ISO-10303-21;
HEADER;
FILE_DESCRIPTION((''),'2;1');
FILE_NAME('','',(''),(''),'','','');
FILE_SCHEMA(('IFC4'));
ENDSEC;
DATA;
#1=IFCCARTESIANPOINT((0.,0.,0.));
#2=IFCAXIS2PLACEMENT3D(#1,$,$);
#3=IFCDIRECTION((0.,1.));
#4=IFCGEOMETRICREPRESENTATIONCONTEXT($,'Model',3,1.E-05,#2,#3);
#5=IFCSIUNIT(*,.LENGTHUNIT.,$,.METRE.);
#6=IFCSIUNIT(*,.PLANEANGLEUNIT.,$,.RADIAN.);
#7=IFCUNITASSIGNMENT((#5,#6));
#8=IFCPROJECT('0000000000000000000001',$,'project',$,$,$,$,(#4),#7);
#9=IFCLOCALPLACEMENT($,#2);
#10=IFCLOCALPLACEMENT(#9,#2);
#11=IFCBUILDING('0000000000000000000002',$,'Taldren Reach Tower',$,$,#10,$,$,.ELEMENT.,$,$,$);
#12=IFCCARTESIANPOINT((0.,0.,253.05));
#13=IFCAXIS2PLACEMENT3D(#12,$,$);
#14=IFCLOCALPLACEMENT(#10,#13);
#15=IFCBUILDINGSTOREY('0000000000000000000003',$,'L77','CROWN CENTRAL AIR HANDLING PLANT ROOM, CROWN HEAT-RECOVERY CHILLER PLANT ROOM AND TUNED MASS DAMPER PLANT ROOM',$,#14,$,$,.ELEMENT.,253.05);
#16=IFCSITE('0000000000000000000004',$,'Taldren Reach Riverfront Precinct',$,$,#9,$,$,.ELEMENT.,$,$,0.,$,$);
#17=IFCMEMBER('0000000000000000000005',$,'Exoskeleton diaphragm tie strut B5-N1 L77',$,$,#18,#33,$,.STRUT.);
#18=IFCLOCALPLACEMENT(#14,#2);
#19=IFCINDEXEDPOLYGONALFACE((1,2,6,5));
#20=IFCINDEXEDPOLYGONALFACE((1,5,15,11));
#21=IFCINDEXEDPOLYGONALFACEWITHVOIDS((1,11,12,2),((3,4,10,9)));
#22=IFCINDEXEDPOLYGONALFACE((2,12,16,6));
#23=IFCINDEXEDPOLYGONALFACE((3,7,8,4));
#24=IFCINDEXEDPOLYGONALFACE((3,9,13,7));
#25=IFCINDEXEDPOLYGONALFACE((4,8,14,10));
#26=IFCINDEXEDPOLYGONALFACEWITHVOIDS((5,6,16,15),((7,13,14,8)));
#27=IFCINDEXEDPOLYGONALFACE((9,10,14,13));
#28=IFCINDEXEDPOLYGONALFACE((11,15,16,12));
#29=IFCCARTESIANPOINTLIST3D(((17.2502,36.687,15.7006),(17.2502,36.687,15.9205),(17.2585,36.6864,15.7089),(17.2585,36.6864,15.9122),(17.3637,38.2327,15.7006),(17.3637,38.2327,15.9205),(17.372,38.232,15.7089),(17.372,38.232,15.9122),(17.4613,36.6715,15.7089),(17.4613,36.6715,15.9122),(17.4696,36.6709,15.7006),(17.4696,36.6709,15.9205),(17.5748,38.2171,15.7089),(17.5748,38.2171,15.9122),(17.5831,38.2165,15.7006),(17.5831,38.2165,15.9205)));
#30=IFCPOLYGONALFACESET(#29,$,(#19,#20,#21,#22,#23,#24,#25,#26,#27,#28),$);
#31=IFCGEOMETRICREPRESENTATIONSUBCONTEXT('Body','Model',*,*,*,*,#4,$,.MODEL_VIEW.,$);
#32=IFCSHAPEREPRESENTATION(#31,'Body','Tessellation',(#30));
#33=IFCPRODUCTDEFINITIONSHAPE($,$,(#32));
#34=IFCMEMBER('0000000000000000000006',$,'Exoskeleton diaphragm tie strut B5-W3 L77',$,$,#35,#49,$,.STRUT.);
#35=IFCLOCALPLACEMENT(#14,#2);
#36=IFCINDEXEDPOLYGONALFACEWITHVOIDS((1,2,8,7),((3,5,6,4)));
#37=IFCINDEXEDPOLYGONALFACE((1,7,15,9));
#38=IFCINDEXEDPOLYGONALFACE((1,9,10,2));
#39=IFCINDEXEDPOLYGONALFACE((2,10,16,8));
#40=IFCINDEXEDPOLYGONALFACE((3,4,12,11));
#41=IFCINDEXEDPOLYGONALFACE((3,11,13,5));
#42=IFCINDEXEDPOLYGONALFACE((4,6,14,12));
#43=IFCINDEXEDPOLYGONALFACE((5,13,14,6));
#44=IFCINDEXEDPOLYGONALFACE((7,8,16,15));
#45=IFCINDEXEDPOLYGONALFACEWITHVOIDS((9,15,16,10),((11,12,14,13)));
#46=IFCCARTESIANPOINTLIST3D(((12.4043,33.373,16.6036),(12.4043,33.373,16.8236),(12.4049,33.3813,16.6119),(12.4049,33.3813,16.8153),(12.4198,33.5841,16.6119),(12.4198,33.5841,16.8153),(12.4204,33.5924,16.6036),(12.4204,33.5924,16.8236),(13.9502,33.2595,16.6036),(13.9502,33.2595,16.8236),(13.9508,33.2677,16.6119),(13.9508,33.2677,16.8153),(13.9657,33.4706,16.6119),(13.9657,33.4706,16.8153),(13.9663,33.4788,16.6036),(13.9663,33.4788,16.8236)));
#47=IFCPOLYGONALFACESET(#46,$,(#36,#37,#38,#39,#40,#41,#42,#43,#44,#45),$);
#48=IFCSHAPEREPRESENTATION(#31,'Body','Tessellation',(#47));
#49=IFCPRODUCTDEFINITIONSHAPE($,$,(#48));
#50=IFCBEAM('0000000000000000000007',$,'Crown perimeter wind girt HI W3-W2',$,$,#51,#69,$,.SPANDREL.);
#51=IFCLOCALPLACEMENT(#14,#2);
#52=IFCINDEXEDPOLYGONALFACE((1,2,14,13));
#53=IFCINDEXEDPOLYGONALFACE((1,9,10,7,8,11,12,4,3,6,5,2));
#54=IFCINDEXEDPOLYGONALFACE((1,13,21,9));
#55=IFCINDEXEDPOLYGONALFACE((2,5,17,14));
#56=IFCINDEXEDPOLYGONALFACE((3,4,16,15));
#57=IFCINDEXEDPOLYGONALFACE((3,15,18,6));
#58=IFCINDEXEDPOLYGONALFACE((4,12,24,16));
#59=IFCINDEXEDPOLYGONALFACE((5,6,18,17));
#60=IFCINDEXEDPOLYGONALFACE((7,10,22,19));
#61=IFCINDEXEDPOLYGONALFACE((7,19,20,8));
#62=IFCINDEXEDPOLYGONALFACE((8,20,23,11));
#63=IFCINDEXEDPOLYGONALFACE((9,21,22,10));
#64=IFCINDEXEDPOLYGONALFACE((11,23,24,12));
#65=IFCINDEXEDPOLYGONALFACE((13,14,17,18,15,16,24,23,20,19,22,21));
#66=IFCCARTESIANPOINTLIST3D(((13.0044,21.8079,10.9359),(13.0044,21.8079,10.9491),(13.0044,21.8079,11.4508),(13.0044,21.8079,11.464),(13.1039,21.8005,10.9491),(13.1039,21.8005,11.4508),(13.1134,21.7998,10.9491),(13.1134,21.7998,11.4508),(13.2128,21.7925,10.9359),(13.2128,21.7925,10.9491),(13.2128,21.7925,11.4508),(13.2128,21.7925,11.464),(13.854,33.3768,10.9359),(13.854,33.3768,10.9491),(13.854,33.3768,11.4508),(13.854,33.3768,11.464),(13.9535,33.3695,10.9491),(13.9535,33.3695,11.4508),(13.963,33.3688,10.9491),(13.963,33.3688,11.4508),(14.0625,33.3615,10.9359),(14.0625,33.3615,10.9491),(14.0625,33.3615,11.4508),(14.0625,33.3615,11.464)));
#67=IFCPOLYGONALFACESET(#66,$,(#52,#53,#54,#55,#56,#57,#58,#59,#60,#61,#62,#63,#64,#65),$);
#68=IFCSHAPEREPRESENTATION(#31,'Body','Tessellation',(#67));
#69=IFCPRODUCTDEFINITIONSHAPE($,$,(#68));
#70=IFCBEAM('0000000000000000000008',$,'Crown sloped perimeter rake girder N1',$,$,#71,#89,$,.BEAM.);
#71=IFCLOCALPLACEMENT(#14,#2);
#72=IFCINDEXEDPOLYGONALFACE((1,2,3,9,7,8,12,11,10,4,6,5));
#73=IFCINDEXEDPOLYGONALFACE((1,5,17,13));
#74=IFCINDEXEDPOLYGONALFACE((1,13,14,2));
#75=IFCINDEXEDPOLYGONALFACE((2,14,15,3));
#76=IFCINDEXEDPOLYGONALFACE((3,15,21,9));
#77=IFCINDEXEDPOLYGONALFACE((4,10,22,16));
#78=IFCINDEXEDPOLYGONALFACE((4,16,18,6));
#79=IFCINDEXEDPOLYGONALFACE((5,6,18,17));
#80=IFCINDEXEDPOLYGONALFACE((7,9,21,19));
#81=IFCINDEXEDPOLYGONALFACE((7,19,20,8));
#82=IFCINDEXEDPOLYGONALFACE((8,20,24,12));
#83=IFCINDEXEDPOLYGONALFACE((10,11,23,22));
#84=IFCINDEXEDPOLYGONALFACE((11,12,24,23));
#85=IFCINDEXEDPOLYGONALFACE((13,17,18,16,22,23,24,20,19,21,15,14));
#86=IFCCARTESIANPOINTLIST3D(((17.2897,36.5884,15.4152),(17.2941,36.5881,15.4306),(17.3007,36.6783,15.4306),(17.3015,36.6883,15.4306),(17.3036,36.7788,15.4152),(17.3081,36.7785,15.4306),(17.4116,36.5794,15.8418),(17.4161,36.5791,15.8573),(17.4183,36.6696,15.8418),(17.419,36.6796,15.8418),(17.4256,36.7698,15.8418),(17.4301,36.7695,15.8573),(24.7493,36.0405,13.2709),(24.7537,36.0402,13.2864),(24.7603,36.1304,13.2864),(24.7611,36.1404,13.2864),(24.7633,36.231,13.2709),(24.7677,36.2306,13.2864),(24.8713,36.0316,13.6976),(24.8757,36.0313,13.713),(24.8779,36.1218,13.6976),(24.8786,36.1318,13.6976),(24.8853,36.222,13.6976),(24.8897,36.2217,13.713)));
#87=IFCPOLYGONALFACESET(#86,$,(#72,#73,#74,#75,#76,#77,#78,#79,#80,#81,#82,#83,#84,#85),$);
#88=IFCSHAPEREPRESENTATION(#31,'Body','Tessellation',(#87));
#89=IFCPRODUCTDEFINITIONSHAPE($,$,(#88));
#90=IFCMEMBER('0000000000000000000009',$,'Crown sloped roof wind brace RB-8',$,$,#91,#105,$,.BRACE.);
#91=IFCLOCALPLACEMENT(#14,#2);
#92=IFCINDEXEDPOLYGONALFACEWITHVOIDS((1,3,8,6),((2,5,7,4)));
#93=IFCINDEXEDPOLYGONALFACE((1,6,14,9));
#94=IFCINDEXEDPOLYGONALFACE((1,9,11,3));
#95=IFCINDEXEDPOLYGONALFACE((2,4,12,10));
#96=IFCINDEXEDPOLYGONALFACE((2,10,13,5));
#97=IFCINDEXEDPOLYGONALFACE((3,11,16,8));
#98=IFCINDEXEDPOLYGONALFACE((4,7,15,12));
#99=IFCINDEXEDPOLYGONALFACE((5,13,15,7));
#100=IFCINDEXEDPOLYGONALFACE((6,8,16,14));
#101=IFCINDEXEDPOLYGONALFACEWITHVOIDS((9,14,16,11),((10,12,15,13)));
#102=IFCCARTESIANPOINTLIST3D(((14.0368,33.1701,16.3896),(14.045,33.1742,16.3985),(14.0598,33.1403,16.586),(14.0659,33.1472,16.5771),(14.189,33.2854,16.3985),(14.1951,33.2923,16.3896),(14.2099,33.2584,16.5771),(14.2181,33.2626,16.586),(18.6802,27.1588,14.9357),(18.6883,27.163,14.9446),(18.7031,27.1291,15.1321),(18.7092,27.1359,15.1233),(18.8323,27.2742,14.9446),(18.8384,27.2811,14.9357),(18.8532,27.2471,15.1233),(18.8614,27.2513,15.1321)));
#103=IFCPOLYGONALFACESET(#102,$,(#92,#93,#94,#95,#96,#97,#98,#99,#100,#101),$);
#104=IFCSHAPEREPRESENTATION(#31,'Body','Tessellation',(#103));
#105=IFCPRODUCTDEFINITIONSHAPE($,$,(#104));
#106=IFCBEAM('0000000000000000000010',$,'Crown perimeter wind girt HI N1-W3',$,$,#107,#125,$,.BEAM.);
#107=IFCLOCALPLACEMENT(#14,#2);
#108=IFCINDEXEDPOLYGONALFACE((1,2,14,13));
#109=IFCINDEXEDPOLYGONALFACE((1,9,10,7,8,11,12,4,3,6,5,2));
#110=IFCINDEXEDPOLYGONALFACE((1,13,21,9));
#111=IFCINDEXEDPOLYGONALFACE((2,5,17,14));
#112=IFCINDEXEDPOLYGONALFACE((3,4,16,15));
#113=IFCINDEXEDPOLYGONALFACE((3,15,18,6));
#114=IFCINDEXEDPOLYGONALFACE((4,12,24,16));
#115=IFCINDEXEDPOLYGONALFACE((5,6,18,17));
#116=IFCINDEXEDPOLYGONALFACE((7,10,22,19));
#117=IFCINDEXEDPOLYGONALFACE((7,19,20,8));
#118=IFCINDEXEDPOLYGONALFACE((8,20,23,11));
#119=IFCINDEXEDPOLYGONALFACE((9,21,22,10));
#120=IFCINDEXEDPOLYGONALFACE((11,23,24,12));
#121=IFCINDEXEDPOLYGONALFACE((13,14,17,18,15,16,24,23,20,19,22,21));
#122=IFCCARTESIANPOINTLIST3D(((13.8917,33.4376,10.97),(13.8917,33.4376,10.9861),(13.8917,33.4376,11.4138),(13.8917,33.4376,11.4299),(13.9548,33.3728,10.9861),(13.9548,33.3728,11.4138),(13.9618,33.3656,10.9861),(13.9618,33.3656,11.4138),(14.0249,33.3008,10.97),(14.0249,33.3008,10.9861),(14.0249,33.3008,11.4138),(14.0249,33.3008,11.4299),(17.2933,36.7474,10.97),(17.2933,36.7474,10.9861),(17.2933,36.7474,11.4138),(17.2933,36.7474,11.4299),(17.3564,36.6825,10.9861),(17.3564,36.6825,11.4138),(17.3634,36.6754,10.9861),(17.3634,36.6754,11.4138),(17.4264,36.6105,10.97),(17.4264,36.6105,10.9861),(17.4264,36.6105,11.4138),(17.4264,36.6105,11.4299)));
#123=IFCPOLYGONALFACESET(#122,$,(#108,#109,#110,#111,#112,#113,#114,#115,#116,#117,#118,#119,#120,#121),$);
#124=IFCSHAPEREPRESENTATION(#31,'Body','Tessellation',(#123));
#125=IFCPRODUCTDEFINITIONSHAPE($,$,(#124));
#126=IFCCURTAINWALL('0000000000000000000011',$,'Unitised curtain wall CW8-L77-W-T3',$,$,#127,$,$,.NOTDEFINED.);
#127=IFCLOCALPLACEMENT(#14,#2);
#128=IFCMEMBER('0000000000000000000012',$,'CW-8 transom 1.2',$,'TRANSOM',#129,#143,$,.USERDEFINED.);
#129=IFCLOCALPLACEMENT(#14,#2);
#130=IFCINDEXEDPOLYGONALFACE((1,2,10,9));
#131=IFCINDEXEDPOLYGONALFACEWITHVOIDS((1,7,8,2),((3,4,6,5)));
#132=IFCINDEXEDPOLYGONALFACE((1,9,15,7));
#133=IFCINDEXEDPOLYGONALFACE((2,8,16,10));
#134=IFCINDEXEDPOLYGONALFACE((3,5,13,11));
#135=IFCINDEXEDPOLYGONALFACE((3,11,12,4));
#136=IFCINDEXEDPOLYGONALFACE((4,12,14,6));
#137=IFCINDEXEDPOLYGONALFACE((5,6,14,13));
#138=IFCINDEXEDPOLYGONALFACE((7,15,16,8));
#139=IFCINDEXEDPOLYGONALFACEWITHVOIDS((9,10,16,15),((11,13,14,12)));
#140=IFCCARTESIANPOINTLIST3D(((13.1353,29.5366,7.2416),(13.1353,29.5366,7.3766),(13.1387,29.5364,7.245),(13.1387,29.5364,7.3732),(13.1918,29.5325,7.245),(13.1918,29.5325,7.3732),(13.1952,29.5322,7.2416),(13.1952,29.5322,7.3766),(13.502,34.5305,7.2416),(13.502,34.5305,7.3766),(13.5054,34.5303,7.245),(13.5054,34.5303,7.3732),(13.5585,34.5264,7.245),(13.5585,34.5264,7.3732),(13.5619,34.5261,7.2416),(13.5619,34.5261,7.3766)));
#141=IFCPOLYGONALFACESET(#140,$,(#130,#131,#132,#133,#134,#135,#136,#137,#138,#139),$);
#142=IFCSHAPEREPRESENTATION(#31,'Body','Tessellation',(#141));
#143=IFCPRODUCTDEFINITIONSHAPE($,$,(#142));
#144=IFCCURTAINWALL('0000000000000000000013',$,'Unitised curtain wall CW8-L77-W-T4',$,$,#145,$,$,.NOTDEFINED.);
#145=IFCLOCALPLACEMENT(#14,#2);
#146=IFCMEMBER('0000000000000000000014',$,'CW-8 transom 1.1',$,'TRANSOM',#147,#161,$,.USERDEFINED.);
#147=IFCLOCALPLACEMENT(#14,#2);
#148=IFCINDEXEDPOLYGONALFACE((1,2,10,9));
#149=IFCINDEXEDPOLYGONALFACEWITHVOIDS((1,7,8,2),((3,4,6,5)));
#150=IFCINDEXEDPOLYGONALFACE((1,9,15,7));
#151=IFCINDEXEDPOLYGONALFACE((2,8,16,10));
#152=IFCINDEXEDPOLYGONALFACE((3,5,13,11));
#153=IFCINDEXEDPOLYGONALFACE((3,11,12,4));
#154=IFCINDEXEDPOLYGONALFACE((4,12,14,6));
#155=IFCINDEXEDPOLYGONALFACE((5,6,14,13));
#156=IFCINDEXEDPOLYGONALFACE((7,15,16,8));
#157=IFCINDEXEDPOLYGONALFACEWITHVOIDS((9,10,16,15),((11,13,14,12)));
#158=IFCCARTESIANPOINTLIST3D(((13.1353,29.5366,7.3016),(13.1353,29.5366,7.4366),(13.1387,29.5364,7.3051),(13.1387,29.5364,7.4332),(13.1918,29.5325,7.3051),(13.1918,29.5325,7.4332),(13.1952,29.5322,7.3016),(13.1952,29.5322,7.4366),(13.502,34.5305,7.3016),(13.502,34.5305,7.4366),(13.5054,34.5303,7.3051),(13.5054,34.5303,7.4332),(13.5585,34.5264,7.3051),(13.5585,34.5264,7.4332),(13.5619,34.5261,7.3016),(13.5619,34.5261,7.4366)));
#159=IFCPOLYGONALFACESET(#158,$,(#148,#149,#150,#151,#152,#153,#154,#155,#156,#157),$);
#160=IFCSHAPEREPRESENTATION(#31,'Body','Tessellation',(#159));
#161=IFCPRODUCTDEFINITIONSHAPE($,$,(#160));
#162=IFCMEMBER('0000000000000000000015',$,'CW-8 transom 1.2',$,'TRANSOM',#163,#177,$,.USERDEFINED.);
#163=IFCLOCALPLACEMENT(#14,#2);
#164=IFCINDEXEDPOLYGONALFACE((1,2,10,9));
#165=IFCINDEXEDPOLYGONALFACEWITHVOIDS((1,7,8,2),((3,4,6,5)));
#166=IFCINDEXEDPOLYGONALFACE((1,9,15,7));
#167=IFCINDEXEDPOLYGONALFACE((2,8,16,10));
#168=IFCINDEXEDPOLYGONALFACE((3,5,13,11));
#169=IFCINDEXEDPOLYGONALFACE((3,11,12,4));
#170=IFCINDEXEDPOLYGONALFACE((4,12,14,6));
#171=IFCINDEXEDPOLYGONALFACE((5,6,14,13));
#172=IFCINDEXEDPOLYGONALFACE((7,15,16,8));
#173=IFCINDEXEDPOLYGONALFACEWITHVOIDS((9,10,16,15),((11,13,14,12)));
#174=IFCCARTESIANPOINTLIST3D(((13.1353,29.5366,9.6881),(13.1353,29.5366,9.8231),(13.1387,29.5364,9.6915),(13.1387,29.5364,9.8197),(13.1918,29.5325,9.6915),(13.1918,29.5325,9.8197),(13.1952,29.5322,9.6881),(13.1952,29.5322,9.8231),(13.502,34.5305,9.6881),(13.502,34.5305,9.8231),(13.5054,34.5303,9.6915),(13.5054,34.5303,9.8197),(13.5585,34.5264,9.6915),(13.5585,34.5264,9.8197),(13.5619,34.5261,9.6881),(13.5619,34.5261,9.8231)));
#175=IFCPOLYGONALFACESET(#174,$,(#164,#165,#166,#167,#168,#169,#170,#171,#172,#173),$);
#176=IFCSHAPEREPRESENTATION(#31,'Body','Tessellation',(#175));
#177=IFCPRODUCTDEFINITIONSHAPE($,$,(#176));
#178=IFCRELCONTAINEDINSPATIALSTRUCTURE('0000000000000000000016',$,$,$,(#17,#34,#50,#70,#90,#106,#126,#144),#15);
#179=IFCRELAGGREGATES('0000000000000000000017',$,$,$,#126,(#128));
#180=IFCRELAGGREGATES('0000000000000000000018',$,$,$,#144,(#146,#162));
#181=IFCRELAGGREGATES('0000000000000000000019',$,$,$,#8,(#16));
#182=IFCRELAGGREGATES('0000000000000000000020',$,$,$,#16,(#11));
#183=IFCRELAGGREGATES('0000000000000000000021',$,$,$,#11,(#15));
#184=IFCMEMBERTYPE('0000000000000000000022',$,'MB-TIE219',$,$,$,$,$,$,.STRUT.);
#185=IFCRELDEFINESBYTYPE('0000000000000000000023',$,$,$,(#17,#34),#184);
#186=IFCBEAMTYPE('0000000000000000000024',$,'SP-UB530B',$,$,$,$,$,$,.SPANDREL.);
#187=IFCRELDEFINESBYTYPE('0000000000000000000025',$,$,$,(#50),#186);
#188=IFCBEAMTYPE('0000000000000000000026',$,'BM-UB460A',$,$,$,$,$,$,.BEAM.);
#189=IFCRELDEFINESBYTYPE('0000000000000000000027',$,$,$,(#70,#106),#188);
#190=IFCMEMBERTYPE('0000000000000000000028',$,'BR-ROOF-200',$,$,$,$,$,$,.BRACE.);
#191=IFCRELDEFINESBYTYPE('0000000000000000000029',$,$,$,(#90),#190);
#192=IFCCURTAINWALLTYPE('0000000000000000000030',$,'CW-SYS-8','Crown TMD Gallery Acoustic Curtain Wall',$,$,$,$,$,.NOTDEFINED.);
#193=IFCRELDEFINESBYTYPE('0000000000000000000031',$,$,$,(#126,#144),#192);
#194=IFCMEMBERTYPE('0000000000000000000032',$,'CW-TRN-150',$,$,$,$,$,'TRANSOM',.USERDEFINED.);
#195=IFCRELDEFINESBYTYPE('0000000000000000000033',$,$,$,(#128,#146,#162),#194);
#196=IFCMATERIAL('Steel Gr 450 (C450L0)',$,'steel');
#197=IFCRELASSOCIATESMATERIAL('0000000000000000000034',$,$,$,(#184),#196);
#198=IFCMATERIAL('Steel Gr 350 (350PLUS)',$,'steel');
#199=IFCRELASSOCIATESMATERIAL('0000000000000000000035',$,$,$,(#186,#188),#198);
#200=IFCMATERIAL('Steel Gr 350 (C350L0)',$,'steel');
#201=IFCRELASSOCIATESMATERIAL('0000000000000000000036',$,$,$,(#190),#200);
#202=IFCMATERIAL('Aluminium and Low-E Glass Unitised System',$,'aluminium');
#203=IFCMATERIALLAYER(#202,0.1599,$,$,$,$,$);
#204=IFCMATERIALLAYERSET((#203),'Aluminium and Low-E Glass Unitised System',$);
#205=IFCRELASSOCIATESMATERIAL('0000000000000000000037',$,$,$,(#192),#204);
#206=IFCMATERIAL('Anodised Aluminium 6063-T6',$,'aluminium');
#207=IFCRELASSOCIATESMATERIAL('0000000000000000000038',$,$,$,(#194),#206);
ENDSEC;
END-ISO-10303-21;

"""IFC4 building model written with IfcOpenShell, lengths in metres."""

from ifc_helpers import new_model, si_unit, direction, frame, origin, origin_2d, place, context, subcontext, project, spatial, hollow_rectangle, i_section, extrude, source, transform, mapped, material, layer, layer_set, material_profile, profile_set, type_object, element, aggregate, save


model = new_model("IFC4")

# Units and contexts
model_context = context("Model", 3, precision=1e-05, world=origin(), true_north=direction((0.0, 1.0)))
body_context = subcontext(model_context, "Body", "Model", "MODEL_VIEW")
ifc_project = project(units=[si_unit("LENGTHUNIT", "METRE"), si_unit("PLANEANGLEUNIT", "RADIAN")], contexts=[model_context])

# Site, building, storey
site_placement = place(None, origin())
site = spatial("IfcSite", under=ifc_project, at=site_placement, Name="Taldren Reach Riverfront Precinct", CompositionType="ELEMENT", RefElevation=0.0)
building_placement = place(site_placement, origin())
building = spatial("IfcBuilding", under=site, at=building_placement, Name="Taldren Reach Tower", CompositionType="ELEMENT")
storey_placement = place(building_placement, frame((0.0, 0.0, 253.05)))
storey = spatial("IfcBuildingStorey", under=building, at=storey_placement, Name="L77", Description="CROWN CENTRAL AIR HANDLING PLANT ROOM, CROWN HEAT-RECOVERY CHILLER PLANT ROOM AND TUNED MASS DAMPER PLANT ROOM", CompositionType="ELEMENT", Elevation=253.05)

# Members
ifc_material_1 = material(Name="Steel Gr 450 (C450L0)", Category="steel")
ifc_material_profile_1 = material_profile(ifc_material_1, hollow_rectangle(XDim=0.22, YDim=0.22, WallThickness=0.0083, at=origin_2d()), Name="220x220x8.2SHS")
ifc_profile_set_1 = profile_set([ifc_material_profile_1], Name="Steel Gr 450 (C450L0)")
member_type_1 = type_object("IfcMemberType", Name="MB-TIE219", PredefinedType="STRUT", material=ifc_profile_set_1)
shared_shape_1 = source(origin(), body_context, "Body", "SweptSolid", [
    extrude(hollow_rectangle(XDim=0.22, YDim=0.22, WallThickness=0.0083, at=origin_2d()), origin(), (0.0, 0.0, 1.0), 1.5498),
])
member_1_placement = place(storey_placement, frame((17.3599, 36.679, 15.8105), z_axis=(0.073251, 0.997314, 0.0), x_axis=(-0.997314, 0.073251, 0.0)))
element("IfcMember", 1, at=member_1_placement, inside=storey, type_object=member_type_1, Name="Exoskeleton diaphragm tie strut B5-N1 L77", PredefinedType="STRUT", context=body_context, shape_type="MappedRepresentation", body=[
    mapped(shared_shape_1, transform((0.0, 0.0, 0.0), scale=1.0)),
])
shared_shape_2 = source(origin(), body_context, "Body", "SweptSolid", [
    extrude(hollow_rectangle(XDim=0.22, YDim=0.22, WallThickness=0.0083, at=origin_2d()), origin(), (0.0, 0.0, 1.0), 1.55),
])
member_2_placement = place(storey_placement, frame((13.9583, 33.3691, 16.7136), z_axis=(-0.997314, 0.073239, 0.0), x_axis=(-0.073239, -0.997314, 0.0)))
element("IfcMember", 2, at=member_2_placement, inside=storey, type_object=member_type_1, Name="Exoskeleton diaphragm tie strut B5-W3 L77", PredefinedType="STRUT", context=body_context, shape_type="MappedRepresentation", body=[
    mapped(shared_shape_2, transform((0.0, 0.0, 0.0), scale=1.0)),
])

# Beams
ifc_material_2 = material(Name="Steel Gr 350 (350PLUS)", Category="steel")
ifc_material_profile_2 = material_profile(ifc_material_2, i_section(OverallWidth=0.209, OverallDepth=0.5281, WebThickness=0.0095, FlangeThickness=0.0132, at=origin_2d()), Name="530UB82.0")
ifc_profile_set_2 = profile_set([ifc_material_profile_2], Name="Steel Gr 350 (350PLUS)")
beam_type_1 = type_object("IfcBeamType", Name="SP-UB530B", PredefinedType="SPANDREL", material=ifc_profile_set_2)
shared_shape_3 = source(origin(), body_context, "Body", "SweptSolid", [
    extrude(i_section(OverallWidth=0.209, OverallDepth=0.5281, WebThickness=0.0095, FlangeThickness=0.0132, at=origin_2d()), origin(), (0.0, 0.0, 1.0), 11.6001),
])
beam_1_placement = place(storey_placement, frame((13.9583, 33.3691, 11.2), z_axis=(-0.073242, -0.997314, 0.0), x_axis=(0.997314, -0.073242, 0.0)))
element("IfcBeam", 3, at=beam_1_placement, inside=storey, type_object=beam_type_1, Name="Crown perimeter wind girt HI W3-W2", PredefinedType="SPANDREL", context=body_context, shape_type="MappedRepresentation", body=[
    mapped(shared_shape_3, transform((0.0, 0.0, 0.0), scale=1.0)),
])
ifc_material_profile_3 = material_profile(ifc_material_2, i_section(OverallWidth=0.1909, OverallDepth=0.46, WebThickness=0.01, FlangeThickness=0.0161, at=origin_2d()), Name="460UB82.1")
ifc_profile_set_3 = profile_set([ifc_material_profile_3], Name="Steel Gr 350 (350PLUS)")
beam_type_2 = type_object("IfcBeamType", Name="BM-UB460A", PredefinedType="BEAM", material=ifc_profile_set_3)
shared_shape_4 = source(origin(), body_context, "Body", "SweptSolid", [
    extrude(i_section(OverallWidth=0.1909, OverallDepth=0.46, WebThickness=0.01, FlangeThickness=0.0161, at=origin_2d()), origin(), (0.0, 0.0, 1.0), 7.781),
])
beam_2_placement = place(storey_placement, frame((17.3599, 36.679, 15.6362), z_axis=(0.958697, -0.070408, -0.275576), x_axis=(0.073244, 0.997314, 0.0)))
element("IfcBeam", 4, at=beam_2_placement, inside=storey, type_object=beam_type_2, Name="Crown sloped perimeter rake girder N1", PredefinedType="BEAM", context=body_context, shape_type="MappedRepresentation", body=[
    mapped(shared_shape_4, transform((0.0, 0.0, 0.0), scale=1.0)),
])

# Member
ifc_material_3 = material(Name="Steel Gr 350 (C350L0)", Category="steel")
ifc_material_profile_4 = material_profile(ifc_material_3, hollow_rectangle(XDim=0.2, YDim=0.2, WallThickness=0.009, at=origin_2d()), Name="200x200x9.0SHS")
ifc_profile_set_4 = profile_set([ifc_material_profile_4], Name="Steel Gr 350 (C350L0)")
member_type_2 = type_object("IfcMemberType", Name="BR-ROOF-200", PredefinedType="BRACE", material=ifc_profile_set_4)
shared_shape_5 = source(origin(), body_context, "Body", "SweptSolid", [
    extrude(hollow_rectangle(XDim=0.2, YDim=0.2, WallThickness=0.009, at=origin_2d()), origin(), (0.0, 0.0, 1.0), 7.7336),
])
member_3_placement = place(storey_placement, frame((14.1274, 33.2163, 16.4878), z_axis=(0.600406, -0.777285, -0.187992), x_axis=(0.791395, 0.611305, 0.0)))
element("IfcMember", 5, at=member_3_placement, inside=storey, type_object=member_type_2, Name="Crown sloped roof wind brace RB-8", PredefinedType="BRACE", context=body_context, shape_type="MappedRepresentation", body=[
    mapped(shared_shape_5, transform((0.0, 0.0, 0.0), scale=1.0)),
])

# Beam
shared_shape_6 = source(origin(), body_context, "Body", "SweptSolid", [
    extrude(i_section(OverallWidth=0.1909, OverallDepth=0.46, WebThickness=0.01, FlangeThickness=0.0161, at=origin_2d()), origin(), (0.0, 0.0, 1.0), 4.7461),
])
beam_3_placement = place(storey_placement, frame((17.3599, 36.679, 11.2), z_axis=(-0.716711, -0.69737, 0.0), x_axis=(0.69737, -0.716711, 0.0)))
element("IfcBeam", 6, at=beam_3_placement, inside=storey, type_object=beam_type_2, Name="Crown perimeter wind girt HI N1-W3", PredefinedType="BEAM", context=body_context, shape_type="MappedRepresentation", body=[
    mapped(shared_shape_6, transform((0.0, 0.0, 0.0), scale=1.0)),
])

# Curtain wall, member
ifc_material_4 = material(Name="Aluminium and Low-E Glass Unitised System", Category="aluminium")
ifc_layer_1 = layer(ifc_material_4, 0.1599)
ifc_layer_set_1 = layer_set([ifc_layer_1], Name="Aluminium and Low-E Glass Unitised System")
curtain_wall_type = type_object("IfcCurtainWallType", Name="CW-SYS-8", Description="Crown TMD Gallery Acoustic Curtain Wall", PredefinedType="NOTDEFINED", material=ifc_layer_set_1)
curtain_wall_1_placement = place(storey_placement, origin())
curtain_wall_1 = element("IfcCurtainWall", 7, at=curtain_wall_1_placement, inside=storey, type_object=curtain_wall_type, Name="Unitised curtain wall CW8-L77-W-T3", PredefinedType="NOTDEFINED")
ifc_material_5 = material(Name="Anodised Aluminium 6063-T6", Category="aluminium")
ifc_material_profile_5 = material_profile(ifc_material_5, hollow_rectangle(XDim=0.0601, YDim=0.135, WallThickness=0.0034, at=origin_2d()), Name="ALU-135x60x3.5RHS")
ifc_profile_set_5 = profile_set([ifc_material_profile_5], Name="Anodised Aluminium 6063-T6")
member_type_3 = type_object("IfcMemberType", Name="CW-TRN-150", ElementType="TRANSOM", PredefinedType="USERDEFINED", material=ifc_profile_set_5)
shared_shape_7 = source(origin(), body_context, "Body", "SweptSolid", [
    extrude(hollow_rectangle(XDim=0.0601, YDim=0.135, WallThickness=0.0034, at=origin_2d()), origin(), (0.0, 0.0, 1.0), 5.0073),
])
member_4_placement = place(storey_placement, frame((13.532, 34.5283, 7.3091), z_axis=(-0.073232, -0.997315, 0.0), x_axis=(0.997315, -0.073232, 0.0)))
member_4 = element("IfcMember", 8, at=member_4_placement, type_object=member_type_3, Name="CW-8 transom 1.2", ObjectType="TRANSOM", PredefinedType="USERDEFINED", context=body_context, shape_type="MappedRepresentation", body=[
    mapped(shared_shape_7, transform((0.0, 0.0, 0.0), scale=1.0)),
])
aggregate(curtain_wall_1, [member_4])

# Curtain wall, members
curtain_wall_2_placement = place(storey_placement, origin())
curtain_wall_2 = element("IfcCurtainWall", 9, at=curtain_wall_2_placement, inside=storey, type_object=curtain_wall_type, Name="Unitised curtain wall CW8-L77-W-T4", PredefinedType="NOTDEFINED")
member_5_placement = place(storey_placement, frame((13.532, 34.5283, 7.3691), z_axis=(-0.073232, -0.997315, 0.0), x_axis=(0.997315, -0.073232, 0.0)))
member_5 = element("IfcMember", 10, at=member_5_placement, type_object=member_type_3, Name="CW-8 transom 1.1", ObjectType="TRANSOM", PredefinedType="USERDEFINED", context=body_context, shape_type="MappedRepresentation", body=[
    mapped(shared_shape_7, transform((0.0, 0.0, 0.0), scale=1.0)),
])
member_6_placement = place(storey_placement, frame((13.532, 34.5283, 9.7556), z_axis=(-0.073232, -0.997315, 0.0), x_axis=(0.997315, -0.073232, 0.0)))
member_6 = element("IfcMember", 11, at=member_6_placement, type_object=member_type_3, Name="CW-8 transom 1.2", ObjectType="TRANSOM", PredefinedType="USERDEFINED", context=body_context, shape_type="MappedRepresentation", body=[
    mapped(shared_shape_7, transform((0.0, 0.0, 0.0), scale=1.0)),
])

aggregate(curtain_wall_2, [member_5, member_6])

save(model, "model.ifc")
